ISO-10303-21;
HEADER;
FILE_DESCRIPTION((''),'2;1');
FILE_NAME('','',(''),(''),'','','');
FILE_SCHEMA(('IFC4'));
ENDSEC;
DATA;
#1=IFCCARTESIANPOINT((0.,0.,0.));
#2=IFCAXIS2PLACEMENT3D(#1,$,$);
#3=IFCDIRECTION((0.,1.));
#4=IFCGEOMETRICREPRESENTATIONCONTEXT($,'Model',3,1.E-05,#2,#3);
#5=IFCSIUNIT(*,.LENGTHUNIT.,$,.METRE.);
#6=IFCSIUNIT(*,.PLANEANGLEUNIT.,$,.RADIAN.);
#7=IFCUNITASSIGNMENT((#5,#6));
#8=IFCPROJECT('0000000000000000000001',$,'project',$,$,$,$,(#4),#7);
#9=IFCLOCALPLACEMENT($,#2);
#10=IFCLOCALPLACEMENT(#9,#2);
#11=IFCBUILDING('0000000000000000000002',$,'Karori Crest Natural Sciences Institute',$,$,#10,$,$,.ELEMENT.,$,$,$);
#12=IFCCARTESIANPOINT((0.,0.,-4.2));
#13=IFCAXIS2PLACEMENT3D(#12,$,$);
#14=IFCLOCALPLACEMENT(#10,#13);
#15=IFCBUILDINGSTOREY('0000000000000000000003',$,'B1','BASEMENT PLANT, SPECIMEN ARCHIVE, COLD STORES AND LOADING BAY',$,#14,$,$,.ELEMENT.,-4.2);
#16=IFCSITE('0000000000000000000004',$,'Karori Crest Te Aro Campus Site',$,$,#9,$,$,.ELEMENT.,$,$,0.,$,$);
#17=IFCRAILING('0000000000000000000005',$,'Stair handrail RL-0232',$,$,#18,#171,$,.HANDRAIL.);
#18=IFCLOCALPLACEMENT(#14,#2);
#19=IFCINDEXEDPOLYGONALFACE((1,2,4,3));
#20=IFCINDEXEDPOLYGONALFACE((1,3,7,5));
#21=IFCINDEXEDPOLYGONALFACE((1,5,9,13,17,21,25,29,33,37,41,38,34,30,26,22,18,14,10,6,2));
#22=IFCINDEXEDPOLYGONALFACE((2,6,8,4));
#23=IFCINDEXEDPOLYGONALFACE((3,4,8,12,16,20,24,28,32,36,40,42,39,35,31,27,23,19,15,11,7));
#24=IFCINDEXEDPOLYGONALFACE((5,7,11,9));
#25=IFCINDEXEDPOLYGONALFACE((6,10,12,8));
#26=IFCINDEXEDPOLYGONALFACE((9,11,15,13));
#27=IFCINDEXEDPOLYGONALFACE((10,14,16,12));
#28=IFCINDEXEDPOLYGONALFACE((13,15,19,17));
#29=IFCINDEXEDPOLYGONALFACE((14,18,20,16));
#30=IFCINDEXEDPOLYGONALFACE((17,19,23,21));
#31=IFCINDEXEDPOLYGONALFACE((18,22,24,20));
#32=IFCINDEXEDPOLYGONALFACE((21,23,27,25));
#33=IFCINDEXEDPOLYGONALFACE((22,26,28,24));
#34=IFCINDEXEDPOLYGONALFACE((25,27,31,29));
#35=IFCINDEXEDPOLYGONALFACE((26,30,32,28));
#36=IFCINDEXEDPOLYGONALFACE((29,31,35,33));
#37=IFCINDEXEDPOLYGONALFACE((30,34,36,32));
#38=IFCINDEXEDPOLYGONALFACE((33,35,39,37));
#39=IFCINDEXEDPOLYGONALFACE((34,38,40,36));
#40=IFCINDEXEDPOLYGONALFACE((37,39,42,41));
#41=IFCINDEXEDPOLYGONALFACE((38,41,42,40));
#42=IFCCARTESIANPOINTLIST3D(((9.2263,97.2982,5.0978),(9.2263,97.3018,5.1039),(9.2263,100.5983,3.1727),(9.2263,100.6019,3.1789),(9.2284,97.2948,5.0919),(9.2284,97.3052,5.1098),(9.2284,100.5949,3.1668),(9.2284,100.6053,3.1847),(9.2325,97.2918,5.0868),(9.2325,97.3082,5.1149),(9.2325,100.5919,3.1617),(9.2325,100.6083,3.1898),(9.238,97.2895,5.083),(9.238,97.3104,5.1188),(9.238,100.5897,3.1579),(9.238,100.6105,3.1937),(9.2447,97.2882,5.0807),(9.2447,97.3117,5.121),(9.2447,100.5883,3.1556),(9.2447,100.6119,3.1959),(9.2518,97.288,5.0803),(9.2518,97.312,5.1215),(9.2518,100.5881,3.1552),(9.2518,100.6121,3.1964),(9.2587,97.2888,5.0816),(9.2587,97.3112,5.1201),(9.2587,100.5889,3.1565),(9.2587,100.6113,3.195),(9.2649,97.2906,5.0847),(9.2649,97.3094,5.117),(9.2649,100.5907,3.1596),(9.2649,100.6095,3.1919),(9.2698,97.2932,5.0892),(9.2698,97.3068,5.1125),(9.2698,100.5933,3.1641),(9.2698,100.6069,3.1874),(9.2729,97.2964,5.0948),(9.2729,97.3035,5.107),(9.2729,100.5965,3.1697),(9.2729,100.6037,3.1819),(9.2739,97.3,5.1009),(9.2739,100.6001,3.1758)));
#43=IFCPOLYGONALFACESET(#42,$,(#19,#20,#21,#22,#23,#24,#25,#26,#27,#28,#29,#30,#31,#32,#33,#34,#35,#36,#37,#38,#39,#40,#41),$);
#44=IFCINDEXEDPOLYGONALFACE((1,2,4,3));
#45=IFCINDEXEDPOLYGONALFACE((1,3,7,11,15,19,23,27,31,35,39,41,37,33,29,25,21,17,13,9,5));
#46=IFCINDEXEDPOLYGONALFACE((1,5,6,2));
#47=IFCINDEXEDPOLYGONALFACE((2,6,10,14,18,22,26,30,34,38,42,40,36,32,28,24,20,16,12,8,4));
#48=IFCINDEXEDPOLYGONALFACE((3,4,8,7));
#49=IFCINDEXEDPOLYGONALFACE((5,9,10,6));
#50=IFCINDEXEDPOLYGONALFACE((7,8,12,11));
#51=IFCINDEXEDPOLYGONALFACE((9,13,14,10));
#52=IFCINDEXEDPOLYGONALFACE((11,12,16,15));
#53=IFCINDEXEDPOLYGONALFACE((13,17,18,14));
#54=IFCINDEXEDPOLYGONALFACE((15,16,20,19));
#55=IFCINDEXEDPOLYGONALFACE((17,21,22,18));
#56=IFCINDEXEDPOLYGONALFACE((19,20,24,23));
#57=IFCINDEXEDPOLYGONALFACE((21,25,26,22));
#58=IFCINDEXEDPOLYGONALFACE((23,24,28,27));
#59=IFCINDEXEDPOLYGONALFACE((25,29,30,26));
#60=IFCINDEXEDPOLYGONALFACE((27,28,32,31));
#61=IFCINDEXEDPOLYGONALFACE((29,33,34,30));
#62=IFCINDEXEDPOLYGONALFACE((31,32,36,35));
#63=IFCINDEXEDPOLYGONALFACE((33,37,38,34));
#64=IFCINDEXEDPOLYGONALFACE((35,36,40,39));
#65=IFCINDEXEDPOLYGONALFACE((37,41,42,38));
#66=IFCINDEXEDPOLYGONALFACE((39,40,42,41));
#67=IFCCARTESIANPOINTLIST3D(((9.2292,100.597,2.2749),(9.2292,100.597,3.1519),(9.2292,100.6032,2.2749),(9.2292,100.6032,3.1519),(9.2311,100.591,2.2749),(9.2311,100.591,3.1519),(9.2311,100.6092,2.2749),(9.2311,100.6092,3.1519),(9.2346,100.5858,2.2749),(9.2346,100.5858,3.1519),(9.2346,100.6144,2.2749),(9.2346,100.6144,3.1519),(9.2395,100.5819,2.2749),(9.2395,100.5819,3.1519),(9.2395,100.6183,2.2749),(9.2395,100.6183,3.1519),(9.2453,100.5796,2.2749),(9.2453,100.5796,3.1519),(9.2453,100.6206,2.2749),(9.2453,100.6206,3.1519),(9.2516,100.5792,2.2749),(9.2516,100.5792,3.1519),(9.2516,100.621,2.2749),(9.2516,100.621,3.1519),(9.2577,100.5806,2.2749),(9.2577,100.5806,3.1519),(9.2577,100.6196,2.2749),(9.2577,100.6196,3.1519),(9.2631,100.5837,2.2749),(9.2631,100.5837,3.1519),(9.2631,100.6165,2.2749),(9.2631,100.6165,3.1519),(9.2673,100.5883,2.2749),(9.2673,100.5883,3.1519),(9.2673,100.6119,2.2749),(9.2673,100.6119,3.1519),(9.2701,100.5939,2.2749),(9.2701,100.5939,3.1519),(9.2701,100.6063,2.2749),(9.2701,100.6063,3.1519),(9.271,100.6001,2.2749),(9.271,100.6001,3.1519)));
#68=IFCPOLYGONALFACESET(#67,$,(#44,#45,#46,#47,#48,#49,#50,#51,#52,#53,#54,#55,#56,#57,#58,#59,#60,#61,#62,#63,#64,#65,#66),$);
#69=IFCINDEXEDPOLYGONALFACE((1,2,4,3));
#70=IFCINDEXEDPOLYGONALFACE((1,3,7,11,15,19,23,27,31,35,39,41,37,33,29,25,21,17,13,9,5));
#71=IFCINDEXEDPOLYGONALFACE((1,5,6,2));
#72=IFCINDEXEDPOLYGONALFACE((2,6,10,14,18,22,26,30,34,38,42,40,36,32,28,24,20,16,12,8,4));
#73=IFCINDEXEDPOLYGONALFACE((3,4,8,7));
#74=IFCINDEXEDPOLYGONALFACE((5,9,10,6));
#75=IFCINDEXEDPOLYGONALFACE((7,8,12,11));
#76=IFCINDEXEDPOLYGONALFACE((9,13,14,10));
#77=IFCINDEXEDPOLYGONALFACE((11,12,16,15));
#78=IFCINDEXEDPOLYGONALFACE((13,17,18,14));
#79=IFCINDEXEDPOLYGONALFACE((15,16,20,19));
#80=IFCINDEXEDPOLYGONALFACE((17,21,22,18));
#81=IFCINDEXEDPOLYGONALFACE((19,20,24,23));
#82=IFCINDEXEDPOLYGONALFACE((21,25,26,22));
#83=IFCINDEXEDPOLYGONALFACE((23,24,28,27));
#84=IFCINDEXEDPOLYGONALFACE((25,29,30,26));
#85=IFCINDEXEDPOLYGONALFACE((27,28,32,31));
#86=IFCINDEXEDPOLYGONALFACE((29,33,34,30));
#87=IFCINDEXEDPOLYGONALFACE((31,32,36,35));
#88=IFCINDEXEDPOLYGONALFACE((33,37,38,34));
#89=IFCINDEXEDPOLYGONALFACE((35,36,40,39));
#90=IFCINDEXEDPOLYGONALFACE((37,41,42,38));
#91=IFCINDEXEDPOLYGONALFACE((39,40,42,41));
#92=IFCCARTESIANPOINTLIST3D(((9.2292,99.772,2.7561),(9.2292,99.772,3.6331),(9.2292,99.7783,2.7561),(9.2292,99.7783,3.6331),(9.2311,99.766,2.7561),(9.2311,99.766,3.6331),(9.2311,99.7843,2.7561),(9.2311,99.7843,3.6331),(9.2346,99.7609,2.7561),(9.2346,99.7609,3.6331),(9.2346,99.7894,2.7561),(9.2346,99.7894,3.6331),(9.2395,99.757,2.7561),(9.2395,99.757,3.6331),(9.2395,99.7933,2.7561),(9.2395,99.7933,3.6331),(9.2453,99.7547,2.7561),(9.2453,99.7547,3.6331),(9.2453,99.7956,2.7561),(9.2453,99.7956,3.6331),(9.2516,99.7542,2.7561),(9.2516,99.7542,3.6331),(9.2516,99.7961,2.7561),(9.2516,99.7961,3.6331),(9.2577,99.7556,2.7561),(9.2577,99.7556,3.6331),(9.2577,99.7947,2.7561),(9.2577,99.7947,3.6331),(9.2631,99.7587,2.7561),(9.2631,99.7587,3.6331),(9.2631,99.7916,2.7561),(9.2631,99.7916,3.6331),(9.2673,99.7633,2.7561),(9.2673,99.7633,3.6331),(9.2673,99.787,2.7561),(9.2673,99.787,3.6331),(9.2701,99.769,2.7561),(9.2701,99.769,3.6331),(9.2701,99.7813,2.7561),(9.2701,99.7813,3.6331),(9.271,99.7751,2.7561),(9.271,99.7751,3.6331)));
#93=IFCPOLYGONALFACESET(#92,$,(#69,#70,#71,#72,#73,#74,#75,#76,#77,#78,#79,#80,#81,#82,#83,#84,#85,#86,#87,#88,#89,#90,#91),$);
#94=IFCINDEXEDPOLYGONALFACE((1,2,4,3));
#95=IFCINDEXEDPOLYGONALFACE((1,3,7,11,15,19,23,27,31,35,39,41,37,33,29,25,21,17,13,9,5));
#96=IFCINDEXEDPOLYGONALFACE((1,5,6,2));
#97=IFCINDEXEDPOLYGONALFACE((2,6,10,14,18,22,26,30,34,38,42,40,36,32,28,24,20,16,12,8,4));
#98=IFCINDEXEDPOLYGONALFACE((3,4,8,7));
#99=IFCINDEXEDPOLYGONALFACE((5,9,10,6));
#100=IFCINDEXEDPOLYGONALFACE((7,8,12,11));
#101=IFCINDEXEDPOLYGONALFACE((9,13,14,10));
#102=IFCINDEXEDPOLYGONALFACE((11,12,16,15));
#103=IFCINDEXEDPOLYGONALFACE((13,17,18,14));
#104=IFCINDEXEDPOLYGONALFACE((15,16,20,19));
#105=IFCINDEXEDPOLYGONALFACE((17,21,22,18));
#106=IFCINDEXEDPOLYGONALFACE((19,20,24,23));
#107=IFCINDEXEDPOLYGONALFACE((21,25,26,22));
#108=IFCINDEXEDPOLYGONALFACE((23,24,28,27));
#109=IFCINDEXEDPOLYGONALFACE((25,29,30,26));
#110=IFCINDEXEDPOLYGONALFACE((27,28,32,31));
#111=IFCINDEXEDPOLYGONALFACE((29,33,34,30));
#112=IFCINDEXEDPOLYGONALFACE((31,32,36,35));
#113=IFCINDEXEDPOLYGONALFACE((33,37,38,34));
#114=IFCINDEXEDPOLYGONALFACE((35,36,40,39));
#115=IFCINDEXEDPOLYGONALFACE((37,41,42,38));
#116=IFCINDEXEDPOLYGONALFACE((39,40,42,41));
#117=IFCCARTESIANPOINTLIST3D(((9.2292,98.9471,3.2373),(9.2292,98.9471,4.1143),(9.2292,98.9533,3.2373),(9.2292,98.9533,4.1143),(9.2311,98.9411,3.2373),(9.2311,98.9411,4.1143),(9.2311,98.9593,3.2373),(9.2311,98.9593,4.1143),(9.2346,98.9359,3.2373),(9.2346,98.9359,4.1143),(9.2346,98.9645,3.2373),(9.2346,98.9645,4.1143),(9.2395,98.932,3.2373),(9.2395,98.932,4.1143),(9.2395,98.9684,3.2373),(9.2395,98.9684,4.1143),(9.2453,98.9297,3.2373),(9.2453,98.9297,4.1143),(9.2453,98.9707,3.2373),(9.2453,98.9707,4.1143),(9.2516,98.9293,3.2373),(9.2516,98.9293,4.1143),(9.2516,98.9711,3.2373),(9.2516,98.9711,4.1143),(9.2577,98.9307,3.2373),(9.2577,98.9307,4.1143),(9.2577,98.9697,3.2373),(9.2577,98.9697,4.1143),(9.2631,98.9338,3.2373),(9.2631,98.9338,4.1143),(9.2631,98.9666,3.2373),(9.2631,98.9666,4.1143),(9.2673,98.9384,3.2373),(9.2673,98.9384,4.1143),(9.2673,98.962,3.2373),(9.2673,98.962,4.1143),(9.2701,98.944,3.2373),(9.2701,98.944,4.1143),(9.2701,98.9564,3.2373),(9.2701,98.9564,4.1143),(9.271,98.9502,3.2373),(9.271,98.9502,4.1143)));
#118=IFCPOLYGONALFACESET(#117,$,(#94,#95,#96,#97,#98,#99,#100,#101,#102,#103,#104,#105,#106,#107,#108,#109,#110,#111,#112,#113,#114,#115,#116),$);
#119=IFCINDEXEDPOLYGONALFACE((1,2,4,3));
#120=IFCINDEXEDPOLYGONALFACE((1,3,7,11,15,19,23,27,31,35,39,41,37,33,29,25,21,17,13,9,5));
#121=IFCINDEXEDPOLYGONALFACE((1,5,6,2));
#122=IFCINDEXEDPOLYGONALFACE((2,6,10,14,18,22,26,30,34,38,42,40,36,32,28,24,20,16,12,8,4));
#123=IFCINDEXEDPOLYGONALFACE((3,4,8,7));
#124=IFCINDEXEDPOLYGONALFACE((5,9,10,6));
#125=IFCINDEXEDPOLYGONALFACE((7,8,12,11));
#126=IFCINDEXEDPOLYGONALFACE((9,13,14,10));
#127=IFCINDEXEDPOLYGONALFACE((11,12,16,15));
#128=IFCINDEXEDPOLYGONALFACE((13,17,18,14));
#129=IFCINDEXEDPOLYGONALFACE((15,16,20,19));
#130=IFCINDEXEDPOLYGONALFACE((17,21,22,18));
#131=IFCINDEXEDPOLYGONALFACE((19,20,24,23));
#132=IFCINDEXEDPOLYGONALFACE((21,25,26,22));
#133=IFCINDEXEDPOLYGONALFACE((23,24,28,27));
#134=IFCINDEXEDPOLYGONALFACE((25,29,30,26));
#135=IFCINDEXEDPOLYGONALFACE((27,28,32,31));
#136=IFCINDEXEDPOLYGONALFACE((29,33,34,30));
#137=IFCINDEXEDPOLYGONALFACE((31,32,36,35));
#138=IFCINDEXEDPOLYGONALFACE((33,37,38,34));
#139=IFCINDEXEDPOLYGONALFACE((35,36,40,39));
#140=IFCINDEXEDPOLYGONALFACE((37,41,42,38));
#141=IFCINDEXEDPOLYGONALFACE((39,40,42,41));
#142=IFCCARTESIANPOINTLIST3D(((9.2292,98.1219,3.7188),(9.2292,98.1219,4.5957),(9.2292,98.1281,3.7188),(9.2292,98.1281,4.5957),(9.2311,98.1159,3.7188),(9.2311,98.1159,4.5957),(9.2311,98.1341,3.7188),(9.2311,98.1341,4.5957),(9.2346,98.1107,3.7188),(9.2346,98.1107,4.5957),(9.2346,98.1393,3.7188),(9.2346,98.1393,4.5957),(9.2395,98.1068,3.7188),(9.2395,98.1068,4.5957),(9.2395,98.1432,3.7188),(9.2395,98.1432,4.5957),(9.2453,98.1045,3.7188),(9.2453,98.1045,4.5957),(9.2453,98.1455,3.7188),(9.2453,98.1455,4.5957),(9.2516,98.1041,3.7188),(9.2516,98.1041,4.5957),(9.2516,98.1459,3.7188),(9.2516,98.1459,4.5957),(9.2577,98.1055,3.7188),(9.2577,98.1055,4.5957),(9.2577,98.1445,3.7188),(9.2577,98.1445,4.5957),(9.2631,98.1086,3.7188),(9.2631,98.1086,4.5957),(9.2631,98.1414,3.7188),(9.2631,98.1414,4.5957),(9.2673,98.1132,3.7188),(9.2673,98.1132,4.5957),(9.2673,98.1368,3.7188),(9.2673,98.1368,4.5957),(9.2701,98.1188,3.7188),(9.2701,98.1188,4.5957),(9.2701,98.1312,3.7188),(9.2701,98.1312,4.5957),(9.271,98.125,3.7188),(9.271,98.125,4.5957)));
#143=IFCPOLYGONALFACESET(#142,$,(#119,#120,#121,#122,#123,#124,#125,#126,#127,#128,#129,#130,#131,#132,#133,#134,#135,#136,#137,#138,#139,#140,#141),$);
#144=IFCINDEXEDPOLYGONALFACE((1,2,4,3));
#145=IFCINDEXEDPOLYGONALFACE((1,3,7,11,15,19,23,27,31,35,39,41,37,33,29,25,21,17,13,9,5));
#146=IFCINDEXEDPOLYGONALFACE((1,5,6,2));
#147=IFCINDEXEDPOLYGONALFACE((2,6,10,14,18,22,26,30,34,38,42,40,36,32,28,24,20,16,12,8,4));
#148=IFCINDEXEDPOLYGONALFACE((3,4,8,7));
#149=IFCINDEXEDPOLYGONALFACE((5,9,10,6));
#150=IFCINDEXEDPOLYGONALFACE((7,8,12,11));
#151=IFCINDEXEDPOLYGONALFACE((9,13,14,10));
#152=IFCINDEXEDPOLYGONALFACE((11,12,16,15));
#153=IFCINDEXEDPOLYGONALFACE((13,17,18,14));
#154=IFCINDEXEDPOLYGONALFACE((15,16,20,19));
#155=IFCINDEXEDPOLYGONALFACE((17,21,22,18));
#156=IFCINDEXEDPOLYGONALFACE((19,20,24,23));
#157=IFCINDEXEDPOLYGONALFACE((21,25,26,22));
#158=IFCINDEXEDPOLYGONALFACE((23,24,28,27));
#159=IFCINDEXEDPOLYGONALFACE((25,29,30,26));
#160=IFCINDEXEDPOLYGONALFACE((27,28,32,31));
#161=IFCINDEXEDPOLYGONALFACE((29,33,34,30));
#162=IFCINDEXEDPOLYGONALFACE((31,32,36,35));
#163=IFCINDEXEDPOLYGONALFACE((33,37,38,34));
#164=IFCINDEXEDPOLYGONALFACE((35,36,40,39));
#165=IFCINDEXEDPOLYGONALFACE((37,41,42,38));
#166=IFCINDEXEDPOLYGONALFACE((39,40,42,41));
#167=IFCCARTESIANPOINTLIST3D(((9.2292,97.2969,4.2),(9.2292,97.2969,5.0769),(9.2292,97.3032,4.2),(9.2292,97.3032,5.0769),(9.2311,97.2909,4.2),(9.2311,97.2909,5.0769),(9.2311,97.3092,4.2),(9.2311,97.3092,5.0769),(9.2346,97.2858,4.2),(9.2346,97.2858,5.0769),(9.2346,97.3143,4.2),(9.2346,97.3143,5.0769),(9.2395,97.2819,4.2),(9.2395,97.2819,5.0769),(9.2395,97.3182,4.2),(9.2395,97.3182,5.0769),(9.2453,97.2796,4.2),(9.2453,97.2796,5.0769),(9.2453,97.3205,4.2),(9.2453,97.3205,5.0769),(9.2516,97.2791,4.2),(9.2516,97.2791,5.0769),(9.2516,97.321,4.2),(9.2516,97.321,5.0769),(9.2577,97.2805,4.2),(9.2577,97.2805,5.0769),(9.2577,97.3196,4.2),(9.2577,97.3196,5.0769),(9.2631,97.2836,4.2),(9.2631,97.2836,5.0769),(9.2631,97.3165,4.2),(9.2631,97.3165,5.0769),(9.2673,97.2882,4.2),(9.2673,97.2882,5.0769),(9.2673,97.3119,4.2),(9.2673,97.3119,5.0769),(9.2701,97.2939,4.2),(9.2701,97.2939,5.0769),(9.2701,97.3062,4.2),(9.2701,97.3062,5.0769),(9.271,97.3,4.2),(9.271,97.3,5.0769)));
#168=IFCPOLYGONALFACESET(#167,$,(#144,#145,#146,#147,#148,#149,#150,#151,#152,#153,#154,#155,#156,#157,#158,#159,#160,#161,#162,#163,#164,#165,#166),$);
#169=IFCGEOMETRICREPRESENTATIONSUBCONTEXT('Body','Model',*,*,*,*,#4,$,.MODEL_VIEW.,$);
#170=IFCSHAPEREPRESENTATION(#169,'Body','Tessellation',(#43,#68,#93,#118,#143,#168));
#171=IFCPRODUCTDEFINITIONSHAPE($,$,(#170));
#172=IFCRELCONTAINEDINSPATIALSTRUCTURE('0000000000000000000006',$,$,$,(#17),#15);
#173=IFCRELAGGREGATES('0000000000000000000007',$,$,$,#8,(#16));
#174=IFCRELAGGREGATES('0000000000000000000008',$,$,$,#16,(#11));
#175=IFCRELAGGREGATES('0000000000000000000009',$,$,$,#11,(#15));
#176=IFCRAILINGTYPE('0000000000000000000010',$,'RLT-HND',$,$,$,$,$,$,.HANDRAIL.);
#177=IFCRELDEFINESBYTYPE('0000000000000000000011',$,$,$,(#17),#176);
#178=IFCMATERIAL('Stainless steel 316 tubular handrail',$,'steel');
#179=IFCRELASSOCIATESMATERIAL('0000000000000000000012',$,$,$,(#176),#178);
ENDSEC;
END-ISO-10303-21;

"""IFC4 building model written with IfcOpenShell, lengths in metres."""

from ifc_helpers import new_model, si_unit, direction, frame, origin, origin_2d, place, context, subcontext, project, spatial, circle, extrude, material, type_object, element, save


model = new_model("IFC4")

# Units and contexts
model_context = context("Model", 3, precision=1e-05, world=origin(), true_north=direction((0.0, 1.0)))
body_context = subcontext(model_context, "Body", "Model", "MODEL_VIEW")
ifc_project = project(units=[si_unit("LENGTHUNIT", "METRE"), si_unit("PLANEANGLEUNIT", "RADIAN")], contexts=[model_context])

# Site, building, storey
site_placement = place(None, origin())
site = spatial("IfcSite", under=ifc_project, at=site_placement, Name="Karori Crest Te Aro Campus Site", CompositionType="ELEMENT", RefElevation=0.0)
building_placement = place(site_placement, origin())
building = spatial("IfcBuilding", under=site, at=building_placement, Name="Karori Crest Natural Sciences Institute", CompositionType="ELEMENT")
storey_placement = place(building_placement, frame((0.0, 0.0, -4.2)))
storey = spatial("IfcBuildingStorey", under=building, at=storey_placement, Name="B1", Description="BASEMENT PLANT, SPECIMEN ARCHIVE, COLD STORES AND LOADING BAY", CompositionType="ELEMENT", Elevation=-4.2)

# Railing
ifc_material_1 = material(Name="Stainless steel 316 tubular handrail", Category="steel")
railing_type_1 = type_object("IfcRailingType", Name="RLT-HND", PredefinedType="HANDRAIL", material=ifc_material_1)
railing_1_placement = place(storey_placement, frame((9.25, 100.6001, 2.2749)))
element("IfcRailing", 1, at=railing_1_placement, inside=storey, type_object=railing_type_1, Name="Stair handrail RL-0232", PredefinedType="HANDRAIL", context=body_context, shape_type="SweptSolid", body=[
    extrude(circle(Radius=0.0239, at=origin_2d()), frame((0.0, 0.0, 0.9009), z_axis=(0.0, -0.863777, 0.503875), x_axis=(1.0, 0.0, 0.0)), (0.0, 0.0, 1.0), 3.8206),
    extrude(circle(Radius=0.021, at=origin_2d()), origin(), (0.0, 0.0, 1.0), 0.877),
    extrude(circle(Radius=0.021, at=origin_2d()), frame((0.0, -0.825, 0.4812)), (0.0, 0.0, 1.0), 0.877),
    extrude(circle(Radius=0.021, at=origin_2d()), frame((0.0, -1.6499, 0.9624)), (0.0, 0.0, 1.0), 0.877),
    extrude(circle(Radius=0.021, at=origin_2d()), frame((0.0, -2.4751, 1.4438)), (0.0, 0.0, 1.0), 0.877),
    extrude(circle(Radius=0.021, at=origin_2d()), frame((0.0, -3.3, 1.925)), (0.0, 0.0, 1.0), 0.877),
])

save(model, "model.ifc")
